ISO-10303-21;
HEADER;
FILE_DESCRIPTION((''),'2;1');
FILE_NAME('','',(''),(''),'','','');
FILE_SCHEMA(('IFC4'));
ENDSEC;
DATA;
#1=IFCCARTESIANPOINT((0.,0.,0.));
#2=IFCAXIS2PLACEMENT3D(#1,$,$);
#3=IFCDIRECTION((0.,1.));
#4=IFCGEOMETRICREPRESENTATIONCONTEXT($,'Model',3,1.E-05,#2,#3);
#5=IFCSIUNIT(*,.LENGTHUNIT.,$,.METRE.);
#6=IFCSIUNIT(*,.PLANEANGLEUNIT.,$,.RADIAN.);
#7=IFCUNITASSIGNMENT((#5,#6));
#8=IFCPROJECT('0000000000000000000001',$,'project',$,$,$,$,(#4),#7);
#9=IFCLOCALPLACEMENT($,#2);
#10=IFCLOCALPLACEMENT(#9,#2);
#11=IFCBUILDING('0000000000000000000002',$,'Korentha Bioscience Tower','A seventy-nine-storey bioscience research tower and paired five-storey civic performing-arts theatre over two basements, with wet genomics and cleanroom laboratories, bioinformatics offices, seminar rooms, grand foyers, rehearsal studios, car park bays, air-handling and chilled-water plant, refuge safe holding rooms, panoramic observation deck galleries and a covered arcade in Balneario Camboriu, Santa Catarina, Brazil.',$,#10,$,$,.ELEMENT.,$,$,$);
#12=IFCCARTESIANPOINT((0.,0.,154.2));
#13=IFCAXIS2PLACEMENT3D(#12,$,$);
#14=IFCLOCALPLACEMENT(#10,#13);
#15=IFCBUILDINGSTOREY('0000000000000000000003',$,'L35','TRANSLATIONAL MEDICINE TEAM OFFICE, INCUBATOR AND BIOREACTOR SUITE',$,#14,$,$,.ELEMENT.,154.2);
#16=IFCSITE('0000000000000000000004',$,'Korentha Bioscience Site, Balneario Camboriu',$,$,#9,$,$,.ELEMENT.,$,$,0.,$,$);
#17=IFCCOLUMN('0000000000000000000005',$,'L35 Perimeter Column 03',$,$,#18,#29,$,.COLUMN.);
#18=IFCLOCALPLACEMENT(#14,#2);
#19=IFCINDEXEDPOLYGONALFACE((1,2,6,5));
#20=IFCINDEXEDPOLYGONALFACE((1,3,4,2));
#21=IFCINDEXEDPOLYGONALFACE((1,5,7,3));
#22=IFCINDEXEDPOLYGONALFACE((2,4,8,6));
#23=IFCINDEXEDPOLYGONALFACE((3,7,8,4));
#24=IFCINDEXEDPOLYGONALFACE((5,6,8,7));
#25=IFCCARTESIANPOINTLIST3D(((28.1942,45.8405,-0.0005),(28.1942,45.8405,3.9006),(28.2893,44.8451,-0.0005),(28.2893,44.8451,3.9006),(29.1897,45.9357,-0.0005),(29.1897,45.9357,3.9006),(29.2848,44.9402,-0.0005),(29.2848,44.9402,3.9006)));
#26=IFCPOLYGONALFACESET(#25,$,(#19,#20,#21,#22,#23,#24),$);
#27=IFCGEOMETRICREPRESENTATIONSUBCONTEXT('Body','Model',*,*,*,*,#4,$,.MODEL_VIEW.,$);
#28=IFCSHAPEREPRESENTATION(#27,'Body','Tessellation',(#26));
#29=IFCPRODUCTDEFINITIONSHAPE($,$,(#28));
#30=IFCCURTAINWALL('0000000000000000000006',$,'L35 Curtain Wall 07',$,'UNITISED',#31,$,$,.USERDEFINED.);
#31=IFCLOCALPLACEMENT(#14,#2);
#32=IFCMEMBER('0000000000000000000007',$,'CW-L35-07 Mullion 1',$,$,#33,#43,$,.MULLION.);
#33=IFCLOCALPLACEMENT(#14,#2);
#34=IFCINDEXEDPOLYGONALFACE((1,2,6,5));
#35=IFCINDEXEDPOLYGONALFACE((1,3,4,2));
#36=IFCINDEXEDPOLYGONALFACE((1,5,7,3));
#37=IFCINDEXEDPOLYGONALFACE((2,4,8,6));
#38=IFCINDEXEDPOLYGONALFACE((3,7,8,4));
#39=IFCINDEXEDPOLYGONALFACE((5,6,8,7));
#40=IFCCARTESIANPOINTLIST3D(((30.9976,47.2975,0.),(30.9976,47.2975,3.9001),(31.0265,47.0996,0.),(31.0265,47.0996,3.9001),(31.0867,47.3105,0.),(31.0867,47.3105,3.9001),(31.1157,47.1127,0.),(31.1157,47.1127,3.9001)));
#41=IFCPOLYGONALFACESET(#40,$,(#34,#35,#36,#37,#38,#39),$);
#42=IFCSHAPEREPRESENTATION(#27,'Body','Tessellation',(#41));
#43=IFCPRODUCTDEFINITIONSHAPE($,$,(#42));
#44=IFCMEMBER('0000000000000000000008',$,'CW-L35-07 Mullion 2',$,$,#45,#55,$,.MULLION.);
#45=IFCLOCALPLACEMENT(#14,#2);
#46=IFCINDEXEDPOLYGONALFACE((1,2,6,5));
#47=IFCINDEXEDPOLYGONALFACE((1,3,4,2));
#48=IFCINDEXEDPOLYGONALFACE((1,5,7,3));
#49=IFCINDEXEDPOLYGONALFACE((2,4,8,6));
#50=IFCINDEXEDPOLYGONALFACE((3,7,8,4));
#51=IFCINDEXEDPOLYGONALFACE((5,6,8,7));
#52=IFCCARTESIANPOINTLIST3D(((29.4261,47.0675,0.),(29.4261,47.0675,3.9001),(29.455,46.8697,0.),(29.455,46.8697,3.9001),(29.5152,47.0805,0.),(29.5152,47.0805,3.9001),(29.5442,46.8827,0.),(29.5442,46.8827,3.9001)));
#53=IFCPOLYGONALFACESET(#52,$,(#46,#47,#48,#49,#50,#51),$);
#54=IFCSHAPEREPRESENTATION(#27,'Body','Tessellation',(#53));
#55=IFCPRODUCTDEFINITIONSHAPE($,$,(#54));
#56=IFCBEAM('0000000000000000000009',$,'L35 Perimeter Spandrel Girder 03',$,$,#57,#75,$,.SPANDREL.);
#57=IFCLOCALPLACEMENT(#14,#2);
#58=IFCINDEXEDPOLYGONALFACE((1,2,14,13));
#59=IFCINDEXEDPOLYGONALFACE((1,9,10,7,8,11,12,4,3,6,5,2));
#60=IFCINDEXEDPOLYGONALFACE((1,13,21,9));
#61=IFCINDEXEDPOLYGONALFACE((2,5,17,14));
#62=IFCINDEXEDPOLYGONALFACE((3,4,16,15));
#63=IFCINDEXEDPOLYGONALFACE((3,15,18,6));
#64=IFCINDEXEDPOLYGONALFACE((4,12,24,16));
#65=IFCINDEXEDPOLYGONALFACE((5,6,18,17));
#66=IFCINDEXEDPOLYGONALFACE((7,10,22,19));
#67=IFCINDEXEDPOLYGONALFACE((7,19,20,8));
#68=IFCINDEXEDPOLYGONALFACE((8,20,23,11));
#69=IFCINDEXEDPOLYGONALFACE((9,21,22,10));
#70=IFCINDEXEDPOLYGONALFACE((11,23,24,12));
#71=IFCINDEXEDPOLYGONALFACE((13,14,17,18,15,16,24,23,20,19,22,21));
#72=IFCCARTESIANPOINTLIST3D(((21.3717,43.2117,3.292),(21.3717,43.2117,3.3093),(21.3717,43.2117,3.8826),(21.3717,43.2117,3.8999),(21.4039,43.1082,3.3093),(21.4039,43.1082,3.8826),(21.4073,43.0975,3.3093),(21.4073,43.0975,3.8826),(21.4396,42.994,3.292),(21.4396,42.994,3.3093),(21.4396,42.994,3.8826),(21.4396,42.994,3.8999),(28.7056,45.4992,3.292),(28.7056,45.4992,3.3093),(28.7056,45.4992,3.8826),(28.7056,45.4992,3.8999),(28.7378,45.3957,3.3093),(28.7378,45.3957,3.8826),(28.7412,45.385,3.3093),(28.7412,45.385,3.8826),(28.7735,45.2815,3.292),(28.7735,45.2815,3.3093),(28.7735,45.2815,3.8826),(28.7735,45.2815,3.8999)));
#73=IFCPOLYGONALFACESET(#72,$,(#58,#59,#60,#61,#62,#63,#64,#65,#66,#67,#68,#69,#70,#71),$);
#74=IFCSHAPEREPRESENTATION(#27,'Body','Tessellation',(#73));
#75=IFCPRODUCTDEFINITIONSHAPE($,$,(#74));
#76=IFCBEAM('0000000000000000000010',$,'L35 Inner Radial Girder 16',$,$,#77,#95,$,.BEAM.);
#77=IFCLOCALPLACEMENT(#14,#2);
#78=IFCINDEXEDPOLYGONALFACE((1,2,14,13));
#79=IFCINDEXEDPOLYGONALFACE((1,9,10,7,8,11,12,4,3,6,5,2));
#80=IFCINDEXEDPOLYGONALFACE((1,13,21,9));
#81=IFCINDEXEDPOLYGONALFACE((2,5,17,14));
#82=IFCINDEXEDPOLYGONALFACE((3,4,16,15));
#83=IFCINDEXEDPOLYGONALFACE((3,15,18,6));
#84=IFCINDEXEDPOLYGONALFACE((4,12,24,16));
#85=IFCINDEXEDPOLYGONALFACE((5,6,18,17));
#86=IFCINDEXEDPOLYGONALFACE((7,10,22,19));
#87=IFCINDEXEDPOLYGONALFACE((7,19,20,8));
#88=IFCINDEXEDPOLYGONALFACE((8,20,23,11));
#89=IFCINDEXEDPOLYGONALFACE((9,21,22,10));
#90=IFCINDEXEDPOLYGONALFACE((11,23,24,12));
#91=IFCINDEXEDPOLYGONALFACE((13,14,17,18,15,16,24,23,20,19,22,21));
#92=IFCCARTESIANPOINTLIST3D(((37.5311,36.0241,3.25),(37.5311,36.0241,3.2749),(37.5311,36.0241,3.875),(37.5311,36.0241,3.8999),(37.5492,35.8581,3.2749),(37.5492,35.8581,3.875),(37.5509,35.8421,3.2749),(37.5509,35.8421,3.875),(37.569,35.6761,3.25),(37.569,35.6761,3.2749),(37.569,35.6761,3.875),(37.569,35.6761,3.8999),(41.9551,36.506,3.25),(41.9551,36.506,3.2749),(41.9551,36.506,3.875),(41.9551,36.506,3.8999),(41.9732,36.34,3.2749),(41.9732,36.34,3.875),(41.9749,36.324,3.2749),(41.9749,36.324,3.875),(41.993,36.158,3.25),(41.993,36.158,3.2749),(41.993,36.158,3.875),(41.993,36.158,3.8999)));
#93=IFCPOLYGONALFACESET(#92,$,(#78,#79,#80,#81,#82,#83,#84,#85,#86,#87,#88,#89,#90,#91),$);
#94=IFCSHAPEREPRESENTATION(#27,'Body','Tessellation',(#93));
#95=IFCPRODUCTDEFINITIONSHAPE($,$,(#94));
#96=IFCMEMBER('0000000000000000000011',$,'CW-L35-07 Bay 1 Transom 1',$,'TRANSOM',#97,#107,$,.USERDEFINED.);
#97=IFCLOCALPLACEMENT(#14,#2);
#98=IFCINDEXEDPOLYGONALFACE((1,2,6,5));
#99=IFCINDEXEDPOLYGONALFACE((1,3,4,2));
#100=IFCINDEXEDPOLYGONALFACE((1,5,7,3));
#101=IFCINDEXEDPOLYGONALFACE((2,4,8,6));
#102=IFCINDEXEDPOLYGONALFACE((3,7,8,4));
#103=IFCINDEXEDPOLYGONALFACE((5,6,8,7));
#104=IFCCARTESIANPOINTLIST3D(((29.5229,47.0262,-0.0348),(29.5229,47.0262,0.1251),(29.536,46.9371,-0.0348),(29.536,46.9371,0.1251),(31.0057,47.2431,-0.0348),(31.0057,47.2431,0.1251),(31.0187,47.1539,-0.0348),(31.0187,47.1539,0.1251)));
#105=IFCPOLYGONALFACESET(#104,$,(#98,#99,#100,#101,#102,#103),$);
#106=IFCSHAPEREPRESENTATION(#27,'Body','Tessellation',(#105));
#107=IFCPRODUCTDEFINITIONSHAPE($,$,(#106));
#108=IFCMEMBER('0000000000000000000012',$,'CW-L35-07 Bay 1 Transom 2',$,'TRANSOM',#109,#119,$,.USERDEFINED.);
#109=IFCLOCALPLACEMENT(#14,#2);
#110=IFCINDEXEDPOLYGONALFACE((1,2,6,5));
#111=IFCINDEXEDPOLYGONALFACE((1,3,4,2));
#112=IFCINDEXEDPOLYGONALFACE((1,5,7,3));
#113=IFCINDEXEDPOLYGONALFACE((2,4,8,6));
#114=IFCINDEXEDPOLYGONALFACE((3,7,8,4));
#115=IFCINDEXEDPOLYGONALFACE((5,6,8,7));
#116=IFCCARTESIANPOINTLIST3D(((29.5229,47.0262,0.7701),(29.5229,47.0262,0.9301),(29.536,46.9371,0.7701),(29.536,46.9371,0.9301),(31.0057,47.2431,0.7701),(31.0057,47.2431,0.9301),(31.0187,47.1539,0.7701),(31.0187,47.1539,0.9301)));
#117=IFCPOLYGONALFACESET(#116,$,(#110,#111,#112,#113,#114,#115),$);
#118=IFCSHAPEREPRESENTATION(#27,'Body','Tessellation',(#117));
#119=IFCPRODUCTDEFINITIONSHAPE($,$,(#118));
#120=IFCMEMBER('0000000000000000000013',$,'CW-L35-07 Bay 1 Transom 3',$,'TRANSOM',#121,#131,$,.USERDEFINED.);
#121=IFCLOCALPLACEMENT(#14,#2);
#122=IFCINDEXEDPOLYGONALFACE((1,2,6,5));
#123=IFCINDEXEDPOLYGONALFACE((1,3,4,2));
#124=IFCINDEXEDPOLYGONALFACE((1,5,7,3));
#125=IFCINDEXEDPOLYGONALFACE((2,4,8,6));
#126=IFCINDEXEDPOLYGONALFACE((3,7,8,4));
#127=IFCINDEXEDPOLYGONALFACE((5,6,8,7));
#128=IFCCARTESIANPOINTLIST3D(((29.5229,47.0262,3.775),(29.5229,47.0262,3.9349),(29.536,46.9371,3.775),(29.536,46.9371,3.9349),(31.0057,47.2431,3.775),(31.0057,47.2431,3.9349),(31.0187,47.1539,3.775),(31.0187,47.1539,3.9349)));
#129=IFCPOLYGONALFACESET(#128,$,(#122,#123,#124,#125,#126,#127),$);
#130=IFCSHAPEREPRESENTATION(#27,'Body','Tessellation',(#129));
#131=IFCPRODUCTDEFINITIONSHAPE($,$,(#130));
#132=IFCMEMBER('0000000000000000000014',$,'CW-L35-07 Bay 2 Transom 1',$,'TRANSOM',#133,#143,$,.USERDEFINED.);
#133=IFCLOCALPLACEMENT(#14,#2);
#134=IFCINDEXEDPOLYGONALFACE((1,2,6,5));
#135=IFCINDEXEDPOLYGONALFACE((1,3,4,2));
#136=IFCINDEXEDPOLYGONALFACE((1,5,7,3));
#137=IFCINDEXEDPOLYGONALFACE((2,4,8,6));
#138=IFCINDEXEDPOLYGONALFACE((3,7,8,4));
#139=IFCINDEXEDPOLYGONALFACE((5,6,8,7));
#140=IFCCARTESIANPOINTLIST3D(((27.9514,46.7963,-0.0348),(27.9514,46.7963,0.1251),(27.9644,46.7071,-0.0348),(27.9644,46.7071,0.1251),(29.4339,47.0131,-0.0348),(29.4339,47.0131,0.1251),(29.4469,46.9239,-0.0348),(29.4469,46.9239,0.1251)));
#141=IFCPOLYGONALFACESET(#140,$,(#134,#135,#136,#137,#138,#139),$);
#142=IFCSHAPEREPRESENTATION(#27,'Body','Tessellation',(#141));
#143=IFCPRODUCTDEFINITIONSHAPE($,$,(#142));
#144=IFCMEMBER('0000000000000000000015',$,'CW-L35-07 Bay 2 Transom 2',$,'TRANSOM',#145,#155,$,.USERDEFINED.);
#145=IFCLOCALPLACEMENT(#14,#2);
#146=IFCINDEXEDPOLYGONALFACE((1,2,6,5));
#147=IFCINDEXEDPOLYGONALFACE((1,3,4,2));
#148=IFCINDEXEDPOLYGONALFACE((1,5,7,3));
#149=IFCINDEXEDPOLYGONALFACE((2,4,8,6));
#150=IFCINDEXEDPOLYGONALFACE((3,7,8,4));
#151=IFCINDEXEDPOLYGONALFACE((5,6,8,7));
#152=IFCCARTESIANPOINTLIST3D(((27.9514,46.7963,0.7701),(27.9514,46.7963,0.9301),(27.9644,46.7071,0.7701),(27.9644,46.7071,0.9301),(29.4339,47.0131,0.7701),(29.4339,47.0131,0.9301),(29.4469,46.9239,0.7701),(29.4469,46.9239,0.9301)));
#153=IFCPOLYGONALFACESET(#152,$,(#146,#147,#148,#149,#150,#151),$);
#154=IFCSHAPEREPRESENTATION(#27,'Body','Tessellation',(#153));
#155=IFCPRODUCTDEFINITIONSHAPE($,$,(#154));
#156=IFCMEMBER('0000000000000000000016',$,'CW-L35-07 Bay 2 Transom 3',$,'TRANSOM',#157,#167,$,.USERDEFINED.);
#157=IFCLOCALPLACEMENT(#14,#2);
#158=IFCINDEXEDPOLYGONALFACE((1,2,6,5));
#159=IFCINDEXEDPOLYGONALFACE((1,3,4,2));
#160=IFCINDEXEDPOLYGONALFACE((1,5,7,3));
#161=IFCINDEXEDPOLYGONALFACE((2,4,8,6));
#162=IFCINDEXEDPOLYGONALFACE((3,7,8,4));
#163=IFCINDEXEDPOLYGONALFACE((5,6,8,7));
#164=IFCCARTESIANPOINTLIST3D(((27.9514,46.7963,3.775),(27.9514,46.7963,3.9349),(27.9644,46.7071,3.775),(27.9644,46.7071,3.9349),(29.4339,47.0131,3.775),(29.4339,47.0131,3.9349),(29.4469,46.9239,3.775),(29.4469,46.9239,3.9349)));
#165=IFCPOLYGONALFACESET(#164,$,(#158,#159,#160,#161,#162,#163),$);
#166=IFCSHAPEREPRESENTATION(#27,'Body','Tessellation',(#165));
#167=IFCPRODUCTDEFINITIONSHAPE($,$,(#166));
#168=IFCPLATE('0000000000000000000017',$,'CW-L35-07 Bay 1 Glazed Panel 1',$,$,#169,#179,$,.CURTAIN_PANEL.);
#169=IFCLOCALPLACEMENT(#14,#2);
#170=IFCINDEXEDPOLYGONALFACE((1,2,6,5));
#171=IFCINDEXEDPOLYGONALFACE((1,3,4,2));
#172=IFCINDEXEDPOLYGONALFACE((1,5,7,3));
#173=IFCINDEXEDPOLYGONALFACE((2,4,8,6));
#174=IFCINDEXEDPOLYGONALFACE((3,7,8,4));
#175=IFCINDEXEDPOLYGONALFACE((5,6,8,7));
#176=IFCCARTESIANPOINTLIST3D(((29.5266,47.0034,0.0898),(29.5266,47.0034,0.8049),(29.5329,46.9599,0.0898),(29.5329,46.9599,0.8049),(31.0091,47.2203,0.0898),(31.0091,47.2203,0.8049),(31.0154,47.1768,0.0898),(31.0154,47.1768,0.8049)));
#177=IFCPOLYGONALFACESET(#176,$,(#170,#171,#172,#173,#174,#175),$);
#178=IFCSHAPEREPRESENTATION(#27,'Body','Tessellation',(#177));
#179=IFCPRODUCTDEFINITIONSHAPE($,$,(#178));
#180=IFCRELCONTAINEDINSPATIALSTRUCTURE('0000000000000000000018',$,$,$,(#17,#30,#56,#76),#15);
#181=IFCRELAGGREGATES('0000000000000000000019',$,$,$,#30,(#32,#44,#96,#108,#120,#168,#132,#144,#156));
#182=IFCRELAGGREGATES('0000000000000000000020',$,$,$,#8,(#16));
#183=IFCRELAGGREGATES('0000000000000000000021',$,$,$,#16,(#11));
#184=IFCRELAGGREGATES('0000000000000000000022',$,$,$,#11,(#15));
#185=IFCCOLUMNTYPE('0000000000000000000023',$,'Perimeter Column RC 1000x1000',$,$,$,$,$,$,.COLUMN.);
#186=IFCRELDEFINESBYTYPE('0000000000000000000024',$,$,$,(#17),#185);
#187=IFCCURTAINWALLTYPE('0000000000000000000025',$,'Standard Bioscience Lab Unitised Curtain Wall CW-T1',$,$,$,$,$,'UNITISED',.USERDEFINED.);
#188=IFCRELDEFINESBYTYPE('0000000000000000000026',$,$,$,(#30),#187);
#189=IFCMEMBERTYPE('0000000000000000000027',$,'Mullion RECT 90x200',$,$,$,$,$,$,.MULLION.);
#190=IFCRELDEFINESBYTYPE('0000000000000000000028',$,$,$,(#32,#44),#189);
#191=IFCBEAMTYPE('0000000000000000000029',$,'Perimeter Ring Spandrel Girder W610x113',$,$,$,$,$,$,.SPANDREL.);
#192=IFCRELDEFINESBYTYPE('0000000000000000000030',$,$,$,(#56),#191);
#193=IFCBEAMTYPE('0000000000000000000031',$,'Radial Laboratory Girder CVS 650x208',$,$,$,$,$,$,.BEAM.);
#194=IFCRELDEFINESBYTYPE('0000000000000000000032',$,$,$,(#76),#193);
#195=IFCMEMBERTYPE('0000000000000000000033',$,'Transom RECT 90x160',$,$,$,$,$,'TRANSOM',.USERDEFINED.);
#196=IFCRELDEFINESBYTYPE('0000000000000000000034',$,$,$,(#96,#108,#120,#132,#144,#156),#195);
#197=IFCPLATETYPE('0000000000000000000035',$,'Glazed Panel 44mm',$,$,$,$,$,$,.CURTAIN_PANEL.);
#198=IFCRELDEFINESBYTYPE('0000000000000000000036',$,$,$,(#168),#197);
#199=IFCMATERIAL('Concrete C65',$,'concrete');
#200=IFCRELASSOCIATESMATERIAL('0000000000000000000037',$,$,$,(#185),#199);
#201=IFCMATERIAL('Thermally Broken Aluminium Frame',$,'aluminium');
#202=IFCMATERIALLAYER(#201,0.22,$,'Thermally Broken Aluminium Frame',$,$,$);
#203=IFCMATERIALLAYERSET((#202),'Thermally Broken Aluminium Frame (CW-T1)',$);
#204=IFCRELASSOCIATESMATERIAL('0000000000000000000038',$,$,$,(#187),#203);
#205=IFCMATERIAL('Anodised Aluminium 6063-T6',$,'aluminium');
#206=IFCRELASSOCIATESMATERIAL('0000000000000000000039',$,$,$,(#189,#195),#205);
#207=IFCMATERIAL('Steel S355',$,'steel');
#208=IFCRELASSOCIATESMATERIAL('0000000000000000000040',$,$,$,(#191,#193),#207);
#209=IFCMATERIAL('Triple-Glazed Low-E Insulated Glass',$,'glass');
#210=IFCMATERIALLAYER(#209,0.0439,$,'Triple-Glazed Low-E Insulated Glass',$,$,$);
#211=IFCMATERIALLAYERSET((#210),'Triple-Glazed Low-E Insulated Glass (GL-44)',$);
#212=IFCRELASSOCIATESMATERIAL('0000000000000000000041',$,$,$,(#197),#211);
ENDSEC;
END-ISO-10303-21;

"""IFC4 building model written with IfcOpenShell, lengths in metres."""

from ifc_helpers import new_model, si_unit, direction, frame, origin, origin_2d, place, context, subcontext, project, spatial, rectangle, i_section, extrude, material, layer, layer_set, material_profile, profile_set, type_object, element, aggregate, save


model = new_model("IFC4")

# Units and contexts
model_context = context("Model", 3, precision=1e-05, world=origin(), true_north=direction((0.0, 1.0)))
body_context = subcontext(model_context, "Body", "Model", "MODEL_VIEW")
ifc_project = project(units=[si_unit("LENGTHUNIT", "METRE"), si_unit("PLANEANGLEUNIT", "RADIAN")], contexts=[model_context])

# Site, building, storey
site_placement = place(None, origin())
site = spatial("IfcSite", under=ifc_project, at=site_placement, Name="Korentha Bioscience Site, Balneario Camboriu", CompositionType="ELEMENT", RefElevation=0.0)
building_placement = place(site_placement, origin())
building = spatial("IfcBuilding", under=site, at=building_placement, Name="Korentha Bioscience Tower", Description="A seventy-nine-storey bioscience research tower and paired five-storey civic performing-arts theatre over two basements, with wet genomics and cleanroom laboratories, bioinformatics offices, seminar rooms, grand foyers, rehearsal studios, car park bays, air-handling and chilled-water plant, refuge safe holding rooms, panoramic observation deck galleries and a covered arcade in Balneario Camboriu, Santa Catarina, Brazil.", CompositionType="ELEMENT")
storey_placement = place(building_placement, frame((0.0, 0.0, 154.2)))
storey = spatial("IfcBuildingStorey", under=building, at=storey_placement, Name="L35", Description="TRANSLATIONAL MEDICINE TEAM OFFICE, INCUBATOR AND BIOREACTOR SUITE", CompositionType="ELEMENT", Elevation=154.2)

# Column
ifc_material_1 = material(Name="Concrete C65", Category="concrete")
ifc_material_profile_1 = material_profile(ifc_material_1, rectangle(XDim=1.0, YDim=1.0, at=origin_2d()), Name="Concrete C65")
ifc_profile_set_1 = profile_set([ifc_material_profile_1], Name="Concrete C65 (COL-P10)")
column_type = type_object("IfcColumnType", Name="Perimeter Column RC 1000x1000", PredefinedType="COLUMN", material=ifc_profile_set_1)
column_placement = place(storey_placement, frame((28.7395, 45.3904, -0.0005), z_axis=(0.0, 0.0, 1.0), x_axis=(0.995463, 0.095151, 0.0)))
element("IfcColumn", 1, at=column_placement, inside=storey, type_object=column_type, Name="L35 Perimeter Column 03", PredefinedType="COLUMN", context=body_context, shape_type="SweptSolid", body=[
    extrude(rectangle(XDim=1.0, YDim=1.0, at=origin_2d()), origin(), (0.0, 0.0, 1.0), 3.9011),
])

# Curtain wall, members
ifc_material_2 = material(Name="Thermally Broken Aluminium Frame", Category="aluminium")
ifc_layer_1 = layer(ifc_material_2, 0.22, Name="Thermally Broken Aluminium Frame")
ifc_layer_set_1 = layer_set([ifc_layer_1], Name="Thermally Broken Aluminium Frame (CW-T1)")
curtain_wall_type = type_object("IfcCurtainWallType", Name="Standard Bioscience Lab Unitised Curtain Wall CW-T1", ElementType="UNITISED", PredefinedType="USERDEFINED", material=ifc_layer_set_1)
curtain_wall_placement = place(storey_placement, origin())
curtain_wall = element("IfcCurtainWall", 2, at=curtain_wall_placement, inside=storey, type_object=curtain_wall_type, Name="L35 Curtain Wall 07", ObjectType="UNITISED", PredefinedType="USERDEFINED")
ifc_material_3 = material(Name="Anodised Aluminium 6063-T6", Category="aluminium")
ifc_material_profile_2 = material_profile(ifc_material_3, rectangle(XDim=0.0901, YDim=0.2, at=origin_2d()), Name="Anodised Aluminium 6063-T6")
ifc_profile_set_2 = profile_set([ifc_material_profile_2], Name="Anodised Aluminium 6063-T6 (CW-MUL)")
member_type_1 = type_object("IfcMemberType", Name="Mullion RECT 90x200", PredefinedType="MULLION", material=ifc_profile_set_2)
member_1_placement = place(storey_placement, frame((31.0566, 47.2051, 0.0), z_axis=(0.0, 0.0, 1.0), x_axis=(-0.989462, -0.144793, 0.0)))
member_1 = element("IfcMember", 3, at=member_1_placement, type_object=member_type_1, Name="CW-L35-07 Mullion 1", PredefinedType="MULLION", context=body_context, shape_type="SweptSolid", body=[
    extrude(rectangle(XDim=0.0901, YDim=0.2, at=origin_2d()), origin(), (0.0, 0.0, 1.0), 3.9001),
])
member_2_placement = place(storey_placement, frame((29.4851, 46.9751, 0.0), z_axis=(0.0, 0.0, 1.0), x_axis=(-0.989462, -0.144793, 0.0)))
member_2 = element("IfcMember", 4, at=member_2_placement, type_object=member_type_1, Name="CW-L35-07 Mullion 2", PredefinedType="MULLION", context=body_context, shape_type="SweptSolid", body=[
    extrude(rectangle(XDim=0.0901, YDim=0.2, at=origin_2d()), origin(), (0.0, 0.0, 1.0), 3.9001),
])

# Beams
ifc_material_4 = material(Name="Steel S355", Category="steel")
ifc_material_profile_3 = material_profile(ifc_material_4, i_section(OverallWidth=0.228, OverallDepth=0.6079, WebThickness=0.0112, FlangeThickness=0.0173, at=origin_2d()), Name="Steel S355")
ifc_profile_set_3 = profile_set([ifc_material_profile_3], Name="Steel S355 (SB-610)")
beam_type_1 = type_object("IfcBeamType", Name="Perimeter Ring Spandrel Girder W610x113", PredefinedType="SPANDREL", material=ifc_profile_set_3)
beam_1_placement = place(storey_placement, frame((28.7395, 45.3904, 3.5959), z_axis=(-0.954638, -0.297768, 0.0), x_axis=(0.297768, -0.954638, 0.0)))
element("IfcBeam", 5, at=beam_1_placement, inside=storey, type_object=beam_type_1, Name="L35 Perimeter Spandrel Girder 03", PredefinedType="SPANDREL", context=body_context, shape_type="SweptSolid", body=[
    extrude(i_section(OverallWidth=0.228, OverallDepth=0.6079, WebThickness=0.0112, FlangeThickness=0.0173, at=origin_2d()), origin(), (0.0, 0.0, 1.0), 7.6824),
])
ifc_material_profile_4 = material_profile(ifc_material_4, i_section(OverallWidth=0.3501, OverallDepth=0.6499, WebThickness=0.0161, FlangeThickness=0.0249, at=origin_2d()), Name="Steel S355")
ifc_profile_set_4 = profile_set([ifc_material_profile_4], Name="Steel S355 (RB-650)")
beam_type_2 = type_object("IfcBeamType", Name="Radial Laboratory Girder CVS 650x208", PredefinedType="BEAM", material=ifc_profile_set_4)
beam_2_placement = place(storey_placement, frame((37.55, 35.8501, 3.575), z_axis=(0.994119, 0.108294, 0.0), x_axis=(-0.108294, 0.994119, 0.0)))
element("IfcBeam", 6, at=beam_2_placement, inside=storey, type_object=beam_type_2, Name="L35 Inner Radial Girder 16", PredefinedType="BEAM", context=body_context, shape_type="SweptSolid", body=[
    extrude(i_section(OverallWidth=0.3501, OverallDepth=0.6499, WebThickness=0.0161, FlangeThickness=0.0249, at=origin_2d()), origin(), (0.0, 0.0, 1.0), 4.4502),
])

# Members
ifc_material_profile_5 = material_profile(ifc_material_3, rectangle(XDim=0.0901, YDim=0.1599, at=origin_2d()), Name="Anodised Aluminium 6063-T6")
ifc_profile_set_5 = profile_set([ifc_material_profile_5], Name="Anodised Aluminium 6063-T6 (CW-TRN)")
member_type_2 = type_object("IfcMemberType", Name="Transom RECT 90x160", ElementType="TRANSOM", PredefinedType="USERDEFINED", material=ifc_profile_set_5)
member_3_placement = place(storey_placement, frame((31.0122, 47.1985, 0.0452), z_axis=(-0.989478, -0.144682, 0.0), x_axis=(0.144682, -0.989478, 0.0)))
member_3 = element("IfcMember", 7, at=member_3_placement, type_object=member_type_2, Name="CW-L35-07 Bay 1 Transom 1", ObjectType="TRANSOM", PredefinedType="USERDEFINED", context=body_context, shape_type="SweptSolid", body=[
    extrude(rectangle(XDim=0.0901, YDim=0.1599, at=origin_2d()), origin(), (0.0, 0.0, 1.0), 1.4985),
])
member_4_placement = place(storey_placement, frame((31.0122, 47.1985, 0.8501), z_axis=(-0.989478, -0.144682, 0.0), x_axis=(0.144682, -0.989478, 0.0)))
member_4 = element("IfcMember", 8, at=member_4_placement, type_object=member_type_2, Name="CW-L35-07 Bay 1 Transom 2", ObjectType="TRANSOM", PredefinedType="USERDEFINED", context=body_context, shape_type="SweptSolid", body=[
    extrude(rectangle(XDim=0.0901, YDim=0.1599, at=origin_2d()), origin(), (0.0, 0.0, 1.0), 1.4985),
])
member_5_placement = place(storey_placement, frame((31.0122, 47.1985, 3.855), z_axis=(-0.989478, -0.144682, 0.0), x_axis=(0.144682, -0.989478, 0.0)))
member_5 = element("IfcMember", 9, at=member_5_placement, type_object=member_type_2, Name="CW-L35-07 Bay 1 Transom 3", ObjectType="TRANSOM", PredefinedType="USERDEFINED", context=body_context, shape_type="SweptSolid", body=[
    extrude(rectangle(XDim=0.0901, YDim=0.1599, at=origin_2d()), origin(), (0.0, 0.0, 1.0), 1.4985),
])
member_6_placement = place(storey_placement, frame((29.4404, 46.9685, 0.0452), z_axis=(-0.989475, -0.144706, 0.0), x_axis=(0.144706, -0.989475, 0.0)))
member_6 = element("IfcMember", 10, at=member_6_placement, type_object=member_type_2, Name="CW-L35-07 Bay 2 Transom 1", ObjectType="TRANSOM", PredefinedType="USERDEFINED", context=body_context, shape_type="SweptSolid", body=[
    extrude(rectangle(XDim=0.0901, YDim=0.1599, at=origin_2d()), origin(), (0.0, 0.0, 1.0), 1.4983),
])
member_7_placement = place(storey_placement, frame((29.4404, 46.9685, 0.8501), z_axis=(-0.989475, -0.144706, 0.0), x_axis=(0.144706, -0.989475, 0.0)))
member_7 = element("IfcMember", 11, at=member_7_placement, type_object=member_type_2, Name="CW-L35-07 Bay 2 Transom 2", ObjectType="TRANSOM", PredefinedType="USERDEFINED", context=body_context, shape_type="SweptSolid", body=[
    extrude(rectangle(XDim=0.0901, YDim=0.1599, at=origin_2d()), origin(), (0.0, 0.0, 1.0), 1.4983),
])
member_8_placement = place(storey_placement, frame((29.4404, 46.9685, 3.855), z_axis=(-0.989475, -0.144706, 0.0), x_axis=(0.144706, -0.989475, 0.0)))
member_8 = element("IfcMember", 12, at=member_8_placement, type_object=member_type_2, Name="CW-L35-07 Bay 2 Transom 3", ObjectType="TRANSOM", PredefinedType="USERDEFINED", context=body_context, shape_type="SweptSolid", body=[
    extrude(rectangle(XDim=0.0901, YDim=0.1599, at=origin_2d()), origin(), (0.0, 0.0, 1.0), 1.4983),
])

# Plate
ifc_material_5 = material(Name="Triple-Glazed Low-E Insulated Glass", Category="glass")
ifc_layer_2 = layer(ifc_material_5, 0.0439, Name="Triple-Glazed Low-E Insulated Glass")
ifc_layer_set_2 = layer_set([ifc_layer_2], Name="Triple-Glazed Low-E Insulated Glass (GL-44)")
plate_type = type_object("IfcPlateType", Name="Glazed Panel 44mm", PredefinedType="CURTAIN_PANEL", material=ifc_layer_set_2)
plate_1_placement = place(storey_placement, frame((30.271, 47.0901, 0.0898), z_axis=(0.0, 0.0, 1.0), x_axis=(-0.989462, -0.144793, 0.0)))
plate_1 = element("IfcPlate", 13, at=plate_1_placement, type_object=plate_type, Name="CW-L35-07 Bay 1 Glazed Panel 1", PredefinedType="CURTAIN_PANEL", context=body_context, shape_type="SweptSolid", body=[
    extrude(rectangle(XDim=1.4983, YDim=0.0439, at=origin_2d()), origin(), (0.0, 0.0, 1.0), 0.7151),
])
aggregate(curtain_wall, [member_1, member_2, member_3, member_4, member_5, plate_1, member_6, member_7, member_8])

save(model, "model.ifc")
